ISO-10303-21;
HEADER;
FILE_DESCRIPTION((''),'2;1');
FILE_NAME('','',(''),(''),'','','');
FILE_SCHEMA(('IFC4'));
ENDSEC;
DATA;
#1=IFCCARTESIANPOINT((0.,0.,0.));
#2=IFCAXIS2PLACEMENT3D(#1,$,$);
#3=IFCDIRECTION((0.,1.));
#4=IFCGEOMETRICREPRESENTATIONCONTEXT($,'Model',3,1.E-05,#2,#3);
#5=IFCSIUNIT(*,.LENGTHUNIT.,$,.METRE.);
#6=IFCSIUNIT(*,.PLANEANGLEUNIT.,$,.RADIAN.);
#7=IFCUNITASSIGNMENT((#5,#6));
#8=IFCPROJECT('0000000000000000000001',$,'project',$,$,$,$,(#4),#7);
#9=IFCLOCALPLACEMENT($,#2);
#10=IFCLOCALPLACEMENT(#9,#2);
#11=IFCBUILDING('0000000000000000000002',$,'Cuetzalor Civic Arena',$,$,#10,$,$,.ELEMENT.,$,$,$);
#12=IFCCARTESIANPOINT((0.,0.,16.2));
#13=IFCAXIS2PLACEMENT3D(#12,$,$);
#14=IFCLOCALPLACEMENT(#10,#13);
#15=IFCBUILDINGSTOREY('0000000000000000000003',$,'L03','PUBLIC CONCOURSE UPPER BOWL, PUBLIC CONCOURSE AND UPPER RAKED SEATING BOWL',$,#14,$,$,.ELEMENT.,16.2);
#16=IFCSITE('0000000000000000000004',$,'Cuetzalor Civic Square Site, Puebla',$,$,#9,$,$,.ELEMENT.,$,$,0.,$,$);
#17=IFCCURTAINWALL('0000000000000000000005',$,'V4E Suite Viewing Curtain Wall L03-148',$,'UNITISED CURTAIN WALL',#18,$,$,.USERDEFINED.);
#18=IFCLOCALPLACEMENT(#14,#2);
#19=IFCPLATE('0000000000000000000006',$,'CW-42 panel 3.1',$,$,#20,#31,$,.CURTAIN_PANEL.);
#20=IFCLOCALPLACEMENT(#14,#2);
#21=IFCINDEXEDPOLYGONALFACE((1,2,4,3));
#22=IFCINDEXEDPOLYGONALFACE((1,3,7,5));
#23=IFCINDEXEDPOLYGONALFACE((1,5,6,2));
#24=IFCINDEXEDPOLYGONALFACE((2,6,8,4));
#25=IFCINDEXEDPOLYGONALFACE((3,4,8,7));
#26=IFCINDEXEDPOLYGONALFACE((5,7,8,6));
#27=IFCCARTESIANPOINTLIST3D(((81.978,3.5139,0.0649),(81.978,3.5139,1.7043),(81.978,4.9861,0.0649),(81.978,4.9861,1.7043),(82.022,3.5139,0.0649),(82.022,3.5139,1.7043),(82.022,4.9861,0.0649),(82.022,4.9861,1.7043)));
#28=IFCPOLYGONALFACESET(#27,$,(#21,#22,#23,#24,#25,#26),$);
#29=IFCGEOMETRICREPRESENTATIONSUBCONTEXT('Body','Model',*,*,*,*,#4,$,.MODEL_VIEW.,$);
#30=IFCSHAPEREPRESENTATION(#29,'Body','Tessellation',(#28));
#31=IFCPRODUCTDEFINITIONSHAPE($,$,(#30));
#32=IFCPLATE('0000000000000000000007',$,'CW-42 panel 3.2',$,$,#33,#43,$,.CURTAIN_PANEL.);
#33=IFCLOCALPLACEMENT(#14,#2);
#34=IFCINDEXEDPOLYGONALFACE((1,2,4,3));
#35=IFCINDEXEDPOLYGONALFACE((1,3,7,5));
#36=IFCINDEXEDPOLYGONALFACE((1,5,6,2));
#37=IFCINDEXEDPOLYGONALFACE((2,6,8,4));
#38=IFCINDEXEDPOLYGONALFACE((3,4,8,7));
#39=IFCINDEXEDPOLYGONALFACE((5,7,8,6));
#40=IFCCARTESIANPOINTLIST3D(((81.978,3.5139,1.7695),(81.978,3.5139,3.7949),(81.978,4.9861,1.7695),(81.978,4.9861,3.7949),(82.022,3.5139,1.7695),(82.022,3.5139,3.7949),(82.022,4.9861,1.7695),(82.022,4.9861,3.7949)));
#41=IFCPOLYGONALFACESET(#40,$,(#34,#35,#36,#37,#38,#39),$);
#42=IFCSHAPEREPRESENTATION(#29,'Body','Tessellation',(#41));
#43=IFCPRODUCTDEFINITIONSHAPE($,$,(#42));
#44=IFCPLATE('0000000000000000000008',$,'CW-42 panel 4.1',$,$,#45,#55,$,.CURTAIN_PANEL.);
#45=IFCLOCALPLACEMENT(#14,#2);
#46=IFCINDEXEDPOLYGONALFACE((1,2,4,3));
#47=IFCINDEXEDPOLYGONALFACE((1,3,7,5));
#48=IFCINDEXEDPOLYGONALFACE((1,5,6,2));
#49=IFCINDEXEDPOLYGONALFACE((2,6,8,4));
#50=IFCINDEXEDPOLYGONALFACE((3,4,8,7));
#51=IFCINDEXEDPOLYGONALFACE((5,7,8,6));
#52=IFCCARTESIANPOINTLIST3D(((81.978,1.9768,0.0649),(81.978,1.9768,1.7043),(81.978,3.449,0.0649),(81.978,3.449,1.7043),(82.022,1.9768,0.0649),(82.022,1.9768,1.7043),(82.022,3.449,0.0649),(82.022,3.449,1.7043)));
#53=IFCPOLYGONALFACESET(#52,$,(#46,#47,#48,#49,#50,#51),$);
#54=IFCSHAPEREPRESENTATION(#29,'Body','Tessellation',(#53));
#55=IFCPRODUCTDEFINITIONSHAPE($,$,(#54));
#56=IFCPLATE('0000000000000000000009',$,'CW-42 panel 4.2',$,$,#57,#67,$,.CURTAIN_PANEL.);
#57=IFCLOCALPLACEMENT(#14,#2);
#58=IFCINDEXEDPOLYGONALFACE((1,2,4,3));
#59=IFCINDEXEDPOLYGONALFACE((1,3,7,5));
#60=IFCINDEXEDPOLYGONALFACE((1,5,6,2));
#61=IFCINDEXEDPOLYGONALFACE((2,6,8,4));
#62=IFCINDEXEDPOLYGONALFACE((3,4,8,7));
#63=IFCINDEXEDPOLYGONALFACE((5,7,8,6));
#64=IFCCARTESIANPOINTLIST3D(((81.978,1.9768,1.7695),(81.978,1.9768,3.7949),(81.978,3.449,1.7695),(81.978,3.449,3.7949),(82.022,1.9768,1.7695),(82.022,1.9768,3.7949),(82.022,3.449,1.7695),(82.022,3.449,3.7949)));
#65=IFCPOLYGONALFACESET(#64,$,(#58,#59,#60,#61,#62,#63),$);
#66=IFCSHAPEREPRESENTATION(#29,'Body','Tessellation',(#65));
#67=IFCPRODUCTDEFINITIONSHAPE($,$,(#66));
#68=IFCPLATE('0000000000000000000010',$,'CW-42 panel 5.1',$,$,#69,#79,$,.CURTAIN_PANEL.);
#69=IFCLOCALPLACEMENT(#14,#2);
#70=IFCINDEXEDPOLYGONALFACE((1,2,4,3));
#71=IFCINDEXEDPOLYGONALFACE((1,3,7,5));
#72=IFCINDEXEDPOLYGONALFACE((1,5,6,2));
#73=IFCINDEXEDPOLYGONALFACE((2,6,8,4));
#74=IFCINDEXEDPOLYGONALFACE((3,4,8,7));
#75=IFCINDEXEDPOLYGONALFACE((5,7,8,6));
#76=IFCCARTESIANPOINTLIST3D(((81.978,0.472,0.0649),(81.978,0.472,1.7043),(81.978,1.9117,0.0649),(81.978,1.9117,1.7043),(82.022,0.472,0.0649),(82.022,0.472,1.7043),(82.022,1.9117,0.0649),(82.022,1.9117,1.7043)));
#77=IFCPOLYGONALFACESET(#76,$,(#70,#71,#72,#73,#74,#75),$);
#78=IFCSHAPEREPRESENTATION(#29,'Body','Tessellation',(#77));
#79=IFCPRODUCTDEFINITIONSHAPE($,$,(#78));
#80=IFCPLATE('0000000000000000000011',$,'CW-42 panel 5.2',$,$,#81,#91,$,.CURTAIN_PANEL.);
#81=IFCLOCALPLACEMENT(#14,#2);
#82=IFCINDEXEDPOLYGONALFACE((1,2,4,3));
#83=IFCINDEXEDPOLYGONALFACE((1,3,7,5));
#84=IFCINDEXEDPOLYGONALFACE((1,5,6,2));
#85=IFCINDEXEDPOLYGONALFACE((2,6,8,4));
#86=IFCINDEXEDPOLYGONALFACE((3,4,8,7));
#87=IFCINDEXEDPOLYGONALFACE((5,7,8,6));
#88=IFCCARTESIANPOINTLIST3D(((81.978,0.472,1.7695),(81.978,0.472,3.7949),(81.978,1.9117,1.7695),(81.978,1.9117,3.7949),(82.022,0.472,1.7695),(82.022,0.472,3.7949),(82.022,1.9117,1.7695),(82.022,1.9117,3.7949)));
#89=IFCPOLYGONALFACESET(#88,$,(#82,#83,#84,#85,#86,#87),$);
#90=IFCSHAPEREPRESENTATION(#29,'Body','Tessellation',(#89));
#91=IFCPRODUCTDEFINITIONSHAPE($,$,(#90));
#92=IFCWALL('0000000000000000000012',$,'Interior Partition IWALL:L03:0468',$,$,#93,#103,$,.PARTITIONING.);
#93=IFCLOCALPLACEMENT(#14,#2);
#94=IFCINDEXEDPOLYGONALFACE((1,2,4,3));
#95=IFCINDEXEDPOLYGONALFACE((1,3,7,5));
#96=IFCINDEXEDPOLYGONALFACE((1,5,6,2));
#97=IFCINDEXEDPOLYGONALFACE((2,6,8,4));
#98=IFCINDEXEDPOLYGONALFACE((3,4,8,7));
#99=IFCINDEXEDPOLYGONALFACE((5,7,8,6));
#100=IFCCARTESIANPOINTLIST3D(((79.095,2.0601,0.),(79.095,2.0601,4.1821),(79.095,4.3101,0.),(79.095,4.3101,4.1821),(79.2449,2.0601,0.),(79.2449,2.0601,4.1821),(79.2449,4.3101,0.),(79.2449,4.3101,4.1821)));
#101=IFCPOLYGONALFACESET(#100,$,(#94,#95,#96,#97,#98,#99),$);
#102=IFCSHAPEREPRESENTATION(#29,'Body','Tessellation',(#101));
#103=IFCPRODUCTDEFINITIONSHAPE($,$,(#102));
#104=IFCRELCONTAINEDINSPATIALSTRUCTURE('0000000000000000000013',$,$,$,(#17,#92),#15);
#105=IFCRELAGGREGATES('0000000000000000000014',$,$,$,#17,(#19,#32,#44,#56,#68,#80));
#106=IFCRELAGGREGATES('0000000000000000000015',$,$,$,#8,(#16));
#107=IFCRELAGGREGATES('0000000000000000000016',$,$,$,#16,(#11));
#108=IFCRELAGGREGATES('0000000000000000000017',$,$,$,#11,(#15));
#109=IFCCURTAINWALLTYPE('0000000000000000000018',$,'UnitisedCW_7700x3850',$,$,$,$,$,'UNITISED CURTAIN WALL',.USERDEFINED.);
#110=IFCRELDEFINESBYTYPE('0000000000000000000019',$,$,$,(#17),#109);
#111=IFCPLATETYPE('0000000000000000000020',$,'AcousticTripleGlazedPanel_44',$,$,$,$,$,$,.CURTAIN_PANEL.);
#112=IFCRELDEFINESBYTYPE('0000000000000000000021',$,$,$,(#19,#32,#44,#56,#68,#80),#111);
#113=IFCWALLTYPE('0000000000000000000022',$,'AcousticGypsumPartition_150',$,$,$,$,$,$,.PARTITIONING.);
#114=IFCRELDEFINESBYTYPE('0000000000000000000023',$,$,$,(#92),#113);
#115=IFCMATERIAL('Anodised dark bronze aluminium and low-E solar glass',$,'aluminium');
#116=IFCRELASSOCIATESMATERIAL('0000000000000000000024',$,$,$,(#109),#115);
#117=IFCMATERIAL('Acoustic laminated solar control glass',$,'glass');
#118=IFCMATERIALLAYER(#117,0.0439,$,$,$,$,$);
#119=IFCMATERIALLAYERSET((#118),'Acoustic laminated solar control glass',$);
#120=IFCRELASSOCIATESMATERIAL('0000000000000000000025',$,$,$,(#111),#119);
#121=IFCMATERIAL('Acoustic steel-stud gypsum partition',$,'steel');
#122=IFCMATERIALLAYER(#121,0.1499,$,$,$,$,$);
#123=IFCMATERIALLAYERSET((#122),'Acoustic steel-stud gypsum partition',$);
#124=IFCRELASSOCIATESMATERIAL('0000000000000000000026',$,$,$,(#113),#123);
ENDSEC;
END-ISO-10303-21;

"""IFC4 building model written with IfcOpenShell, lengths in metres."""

from ifc_helpers import new_model, si_unit, direction, frame, frame_2d, origin, origin_2d, place, context, subcontext, project, spatial, rectangle, extrude, material, layer, layer_set, type_object, element, aggregate, save


model = new_model("IFC4")

# Units and contexts
model_context = context("Model", 3, precision=1e-05, world=origin(), true_north=direction((0.0, 1.0)))
body_context = subcontext(model_context, "Body", "Model", "MODEL_VIEW")
ifc_project = project(units=[si_unit("LENGTHUNIT", "METRE"), si_unit("PLANEANGLEUNIT", "RADIAN")], contexts=[model_context])

# Site, building, storey
site_placement = place(None, origin())
site = spatial("IfcSite", under=ifc_project, at=site_placement, Name="Cuetzalor Civic Square Site, Puebla", CompositionType="ELEMENT", RefElevation=0.0)
building_placement = place(site_placement, origin())
building = spatial("IfcBuilding", under=site, at=building_placement, Name="Cuetzalor Civic Arena", CompositionType="ELEMENT")
storey_placement = place(building_placement, frame((0.0, 0.0, 16.2)))
storey = spatial("IfcBuildingStorey", under=building, at=storey_placement, Name="L03", Description="PUBLIC CONCOURSE UPPER BOWL, PUBLIC CONCOURSE AND UPPER RAKED SEATING BOWL", CompositionType="ELEMENT", Elevation=16.2)

# Curtain wall, plates
ifc_material_1 = material(Name="Anodised dark bronze aluminium and low-E solar glass", Category="aluminium")
curtain_wall_type = type_object("IfcCurtainWallType", Name="UnitisedCW_7700x3850", ElementType="UNITISED CURTAIN WALL", PredefinedType="USERDEFINED", material=ifc_material_1)
curtain_wall_placement = place(storey_placement, origin())
curtain_wall = element("IfcCurtainWall", 1, at=curtain_wall_placement, inside=storey, type_object=curtain_wall_type, Name="V4E Suite Viewing Curtain Wall L03-148", ObjectType="UNITISED CURTAIN WALL", PredefinedType="USERDEFINED")
ifc_material_2 = material(Name="Acoustic laminated solar control glass", Category="glass")
ifc_layer_1 = layer(ifc_material_2, 0.0439)
ifc_layer_set_1 = layer_set([ifc_layer_1], Name="Acoustic laminated solar control glass")
plate_type = type_object("IfcPlateType", Name="AcousticTripleGlazedPanel_44", PredefinedType="CURTAIN_PANEL", material=ifc_layer_set_1)
plate_1_placement = place(storey_placement, frame((82.0, 4.25, 0.0649), z_axis=(0.0, 0.0, 1.0), x_axis=(0.0, -1.0, 0.0)))
plate_1 = element("IfcPlate", 2, at=plate_1_placement, type_object=plate_type, Name="CW-42 panel 3.1", PredefinedType="CURTAIN_PANEL", context=body_context, shape_type="SweptSolid", body=[
    extrude(rectangle(XDim=1.4722, YDim=0.0439, at=origin_2d()), origin(), (0.0, 0.0, 1.0), 1.6394),
])
plate_2_placement = place(storey_placement, frame((82.0, 4.25, 1.7695), z_axis=(0.0, 0.0, 1.0), x_axis=(0.0, -1.0, 0.0)))
plate_2 = element("IfcPlate", 3, at=plate_2_placement, type_object=plate_type, Name="CW-42 panel 3.2", PredefinedType="CURTAIN_PANEL", context=body_context, shape_type="SweptSolid", body=[
    extrude(rectangle(XDim=1.4722, YDim=0.0439, at=origin_2d()), origin(), (0.0, 0.0, 1.0), 2.0254),
])
plate_3_placement = place(storey_placement, frame((82.0, 2.7129, 0.0649), z_axis=(0.0, 0.0, 1.0), x_axis=(0.0, -1.0, 0.0)))
plate_3 = element("IfcPlate", 4, at=plate_3_placement, type_object=plate_type, Name="CW-42 panel 4.1", PredefinedType="CURTAIN_PANEL", context=body_context, shape_type="SweptSolid", body=[
    extrude(rectangle(XDim=1.4722, YDim=0.0439, at=origin_2d()), origin(), (0.0, 0.0, 1.0), 1.6394),
])
plate_4_placement = place(storey_placement, frame((82.0, 2.7129, 1.7695), z_axis=(0.0, 0.0, 1.0), x_axis=(0.0, -1.0, 0.0)))
plate_4 = element("IfcPlate", 5, at=plate_4_placement, type_object=plate_type, Name="CW-42 panel 4.2", PredefinedType="CURTAIN_PANEL", context=body_context, shape_type="SweptSolid", body=[
    extrude(rectangle(XDim=1.4722, YDim=0.0439, at=origin_2d()), origin(), (0.0, 0.0, 1.0), 2.0254),
])
plate_5_placement = place(storey_placement, frame((82.0, 1.1919, 0.0649), z_axis=(0.0, 0.0, 1.0), x_axis=(0.0, -1.0, 0.0)))
plate_5 = element("IfcPlate", 6, at=plate_5_placement, type_object=plate_type, Name="CW-42 panel 5.1", PredefinedType="CURTAIN_PANEL", context=body_context, shape_type="SweptSolid", body=[
    extrude(rectangle(XDim=1.4397, YDim=0.0439, at=origin_2d()), origin(), (0.0, 0.0, 1.0), 1.6394),
])
plate_6_placement = place(storey_placement, frame((82.0, 1.1919, 1.7695), z_axis=(0.0, 0.0, 1.0), x_axis=(0.0, -1.0, 0.0)))
plate_6 = element("IfcPlate", 7, at=plate_6_placement, type_object=plate_type, Name="CW-42 panel 5.2", PredefinedType="CURTAIN_PANEL", context=body_context, shape_type="SweptSolid", body=[
    extrude(rectangle(XDim=1.4397, YDim=0.0439, at=origin_2d()), origin(), (0.0, 0.0, 1.0), 2.0254),
])
aggregate(curtain_wall, [plate_1, plate_2, plate_3, plate_4, plate_5, plate_6])

# Shared definitions
ifc_material_3 = material(Name="Acoustic steel-stud gypsum partition", Category="steel")
ifc_layer_2 = layer(ifc_material_3, 0.1499)
ifc_layer_set_2 = layer_set([ifc_layer_2], Name="Acoustic steel-stud gypsum partition")
wall_type = type_object("IfcWallType", Name="AcousticGypsumPartition_150", PredefinedType="PARTITIONING", material=ifc_layer_set_2)

# Wall
wall_1_placement = place(storey_placement, frame((79.1699, 2.0601, 0.0), z_axis=(0.0, 0.0, 1.0), x_axis=(0.0, 1.0, 0.0)))
element("IfcWall", 8, at=wall_1_placement, inside=storey, type_object=wall_type, Name="Interior Partition IWALL:L03:0468", PredefinedType="PARTITIONING", context=body_context, shape_type="SweptSolid", body=[
    extrude(rectangle(XDim=2.25, YDim=0.1499, at=frame_2d((1.125, 0.0))), origin(), (0.0, 0.0, 1.0), 4.1821),
])

save(model, "model.ifc")
